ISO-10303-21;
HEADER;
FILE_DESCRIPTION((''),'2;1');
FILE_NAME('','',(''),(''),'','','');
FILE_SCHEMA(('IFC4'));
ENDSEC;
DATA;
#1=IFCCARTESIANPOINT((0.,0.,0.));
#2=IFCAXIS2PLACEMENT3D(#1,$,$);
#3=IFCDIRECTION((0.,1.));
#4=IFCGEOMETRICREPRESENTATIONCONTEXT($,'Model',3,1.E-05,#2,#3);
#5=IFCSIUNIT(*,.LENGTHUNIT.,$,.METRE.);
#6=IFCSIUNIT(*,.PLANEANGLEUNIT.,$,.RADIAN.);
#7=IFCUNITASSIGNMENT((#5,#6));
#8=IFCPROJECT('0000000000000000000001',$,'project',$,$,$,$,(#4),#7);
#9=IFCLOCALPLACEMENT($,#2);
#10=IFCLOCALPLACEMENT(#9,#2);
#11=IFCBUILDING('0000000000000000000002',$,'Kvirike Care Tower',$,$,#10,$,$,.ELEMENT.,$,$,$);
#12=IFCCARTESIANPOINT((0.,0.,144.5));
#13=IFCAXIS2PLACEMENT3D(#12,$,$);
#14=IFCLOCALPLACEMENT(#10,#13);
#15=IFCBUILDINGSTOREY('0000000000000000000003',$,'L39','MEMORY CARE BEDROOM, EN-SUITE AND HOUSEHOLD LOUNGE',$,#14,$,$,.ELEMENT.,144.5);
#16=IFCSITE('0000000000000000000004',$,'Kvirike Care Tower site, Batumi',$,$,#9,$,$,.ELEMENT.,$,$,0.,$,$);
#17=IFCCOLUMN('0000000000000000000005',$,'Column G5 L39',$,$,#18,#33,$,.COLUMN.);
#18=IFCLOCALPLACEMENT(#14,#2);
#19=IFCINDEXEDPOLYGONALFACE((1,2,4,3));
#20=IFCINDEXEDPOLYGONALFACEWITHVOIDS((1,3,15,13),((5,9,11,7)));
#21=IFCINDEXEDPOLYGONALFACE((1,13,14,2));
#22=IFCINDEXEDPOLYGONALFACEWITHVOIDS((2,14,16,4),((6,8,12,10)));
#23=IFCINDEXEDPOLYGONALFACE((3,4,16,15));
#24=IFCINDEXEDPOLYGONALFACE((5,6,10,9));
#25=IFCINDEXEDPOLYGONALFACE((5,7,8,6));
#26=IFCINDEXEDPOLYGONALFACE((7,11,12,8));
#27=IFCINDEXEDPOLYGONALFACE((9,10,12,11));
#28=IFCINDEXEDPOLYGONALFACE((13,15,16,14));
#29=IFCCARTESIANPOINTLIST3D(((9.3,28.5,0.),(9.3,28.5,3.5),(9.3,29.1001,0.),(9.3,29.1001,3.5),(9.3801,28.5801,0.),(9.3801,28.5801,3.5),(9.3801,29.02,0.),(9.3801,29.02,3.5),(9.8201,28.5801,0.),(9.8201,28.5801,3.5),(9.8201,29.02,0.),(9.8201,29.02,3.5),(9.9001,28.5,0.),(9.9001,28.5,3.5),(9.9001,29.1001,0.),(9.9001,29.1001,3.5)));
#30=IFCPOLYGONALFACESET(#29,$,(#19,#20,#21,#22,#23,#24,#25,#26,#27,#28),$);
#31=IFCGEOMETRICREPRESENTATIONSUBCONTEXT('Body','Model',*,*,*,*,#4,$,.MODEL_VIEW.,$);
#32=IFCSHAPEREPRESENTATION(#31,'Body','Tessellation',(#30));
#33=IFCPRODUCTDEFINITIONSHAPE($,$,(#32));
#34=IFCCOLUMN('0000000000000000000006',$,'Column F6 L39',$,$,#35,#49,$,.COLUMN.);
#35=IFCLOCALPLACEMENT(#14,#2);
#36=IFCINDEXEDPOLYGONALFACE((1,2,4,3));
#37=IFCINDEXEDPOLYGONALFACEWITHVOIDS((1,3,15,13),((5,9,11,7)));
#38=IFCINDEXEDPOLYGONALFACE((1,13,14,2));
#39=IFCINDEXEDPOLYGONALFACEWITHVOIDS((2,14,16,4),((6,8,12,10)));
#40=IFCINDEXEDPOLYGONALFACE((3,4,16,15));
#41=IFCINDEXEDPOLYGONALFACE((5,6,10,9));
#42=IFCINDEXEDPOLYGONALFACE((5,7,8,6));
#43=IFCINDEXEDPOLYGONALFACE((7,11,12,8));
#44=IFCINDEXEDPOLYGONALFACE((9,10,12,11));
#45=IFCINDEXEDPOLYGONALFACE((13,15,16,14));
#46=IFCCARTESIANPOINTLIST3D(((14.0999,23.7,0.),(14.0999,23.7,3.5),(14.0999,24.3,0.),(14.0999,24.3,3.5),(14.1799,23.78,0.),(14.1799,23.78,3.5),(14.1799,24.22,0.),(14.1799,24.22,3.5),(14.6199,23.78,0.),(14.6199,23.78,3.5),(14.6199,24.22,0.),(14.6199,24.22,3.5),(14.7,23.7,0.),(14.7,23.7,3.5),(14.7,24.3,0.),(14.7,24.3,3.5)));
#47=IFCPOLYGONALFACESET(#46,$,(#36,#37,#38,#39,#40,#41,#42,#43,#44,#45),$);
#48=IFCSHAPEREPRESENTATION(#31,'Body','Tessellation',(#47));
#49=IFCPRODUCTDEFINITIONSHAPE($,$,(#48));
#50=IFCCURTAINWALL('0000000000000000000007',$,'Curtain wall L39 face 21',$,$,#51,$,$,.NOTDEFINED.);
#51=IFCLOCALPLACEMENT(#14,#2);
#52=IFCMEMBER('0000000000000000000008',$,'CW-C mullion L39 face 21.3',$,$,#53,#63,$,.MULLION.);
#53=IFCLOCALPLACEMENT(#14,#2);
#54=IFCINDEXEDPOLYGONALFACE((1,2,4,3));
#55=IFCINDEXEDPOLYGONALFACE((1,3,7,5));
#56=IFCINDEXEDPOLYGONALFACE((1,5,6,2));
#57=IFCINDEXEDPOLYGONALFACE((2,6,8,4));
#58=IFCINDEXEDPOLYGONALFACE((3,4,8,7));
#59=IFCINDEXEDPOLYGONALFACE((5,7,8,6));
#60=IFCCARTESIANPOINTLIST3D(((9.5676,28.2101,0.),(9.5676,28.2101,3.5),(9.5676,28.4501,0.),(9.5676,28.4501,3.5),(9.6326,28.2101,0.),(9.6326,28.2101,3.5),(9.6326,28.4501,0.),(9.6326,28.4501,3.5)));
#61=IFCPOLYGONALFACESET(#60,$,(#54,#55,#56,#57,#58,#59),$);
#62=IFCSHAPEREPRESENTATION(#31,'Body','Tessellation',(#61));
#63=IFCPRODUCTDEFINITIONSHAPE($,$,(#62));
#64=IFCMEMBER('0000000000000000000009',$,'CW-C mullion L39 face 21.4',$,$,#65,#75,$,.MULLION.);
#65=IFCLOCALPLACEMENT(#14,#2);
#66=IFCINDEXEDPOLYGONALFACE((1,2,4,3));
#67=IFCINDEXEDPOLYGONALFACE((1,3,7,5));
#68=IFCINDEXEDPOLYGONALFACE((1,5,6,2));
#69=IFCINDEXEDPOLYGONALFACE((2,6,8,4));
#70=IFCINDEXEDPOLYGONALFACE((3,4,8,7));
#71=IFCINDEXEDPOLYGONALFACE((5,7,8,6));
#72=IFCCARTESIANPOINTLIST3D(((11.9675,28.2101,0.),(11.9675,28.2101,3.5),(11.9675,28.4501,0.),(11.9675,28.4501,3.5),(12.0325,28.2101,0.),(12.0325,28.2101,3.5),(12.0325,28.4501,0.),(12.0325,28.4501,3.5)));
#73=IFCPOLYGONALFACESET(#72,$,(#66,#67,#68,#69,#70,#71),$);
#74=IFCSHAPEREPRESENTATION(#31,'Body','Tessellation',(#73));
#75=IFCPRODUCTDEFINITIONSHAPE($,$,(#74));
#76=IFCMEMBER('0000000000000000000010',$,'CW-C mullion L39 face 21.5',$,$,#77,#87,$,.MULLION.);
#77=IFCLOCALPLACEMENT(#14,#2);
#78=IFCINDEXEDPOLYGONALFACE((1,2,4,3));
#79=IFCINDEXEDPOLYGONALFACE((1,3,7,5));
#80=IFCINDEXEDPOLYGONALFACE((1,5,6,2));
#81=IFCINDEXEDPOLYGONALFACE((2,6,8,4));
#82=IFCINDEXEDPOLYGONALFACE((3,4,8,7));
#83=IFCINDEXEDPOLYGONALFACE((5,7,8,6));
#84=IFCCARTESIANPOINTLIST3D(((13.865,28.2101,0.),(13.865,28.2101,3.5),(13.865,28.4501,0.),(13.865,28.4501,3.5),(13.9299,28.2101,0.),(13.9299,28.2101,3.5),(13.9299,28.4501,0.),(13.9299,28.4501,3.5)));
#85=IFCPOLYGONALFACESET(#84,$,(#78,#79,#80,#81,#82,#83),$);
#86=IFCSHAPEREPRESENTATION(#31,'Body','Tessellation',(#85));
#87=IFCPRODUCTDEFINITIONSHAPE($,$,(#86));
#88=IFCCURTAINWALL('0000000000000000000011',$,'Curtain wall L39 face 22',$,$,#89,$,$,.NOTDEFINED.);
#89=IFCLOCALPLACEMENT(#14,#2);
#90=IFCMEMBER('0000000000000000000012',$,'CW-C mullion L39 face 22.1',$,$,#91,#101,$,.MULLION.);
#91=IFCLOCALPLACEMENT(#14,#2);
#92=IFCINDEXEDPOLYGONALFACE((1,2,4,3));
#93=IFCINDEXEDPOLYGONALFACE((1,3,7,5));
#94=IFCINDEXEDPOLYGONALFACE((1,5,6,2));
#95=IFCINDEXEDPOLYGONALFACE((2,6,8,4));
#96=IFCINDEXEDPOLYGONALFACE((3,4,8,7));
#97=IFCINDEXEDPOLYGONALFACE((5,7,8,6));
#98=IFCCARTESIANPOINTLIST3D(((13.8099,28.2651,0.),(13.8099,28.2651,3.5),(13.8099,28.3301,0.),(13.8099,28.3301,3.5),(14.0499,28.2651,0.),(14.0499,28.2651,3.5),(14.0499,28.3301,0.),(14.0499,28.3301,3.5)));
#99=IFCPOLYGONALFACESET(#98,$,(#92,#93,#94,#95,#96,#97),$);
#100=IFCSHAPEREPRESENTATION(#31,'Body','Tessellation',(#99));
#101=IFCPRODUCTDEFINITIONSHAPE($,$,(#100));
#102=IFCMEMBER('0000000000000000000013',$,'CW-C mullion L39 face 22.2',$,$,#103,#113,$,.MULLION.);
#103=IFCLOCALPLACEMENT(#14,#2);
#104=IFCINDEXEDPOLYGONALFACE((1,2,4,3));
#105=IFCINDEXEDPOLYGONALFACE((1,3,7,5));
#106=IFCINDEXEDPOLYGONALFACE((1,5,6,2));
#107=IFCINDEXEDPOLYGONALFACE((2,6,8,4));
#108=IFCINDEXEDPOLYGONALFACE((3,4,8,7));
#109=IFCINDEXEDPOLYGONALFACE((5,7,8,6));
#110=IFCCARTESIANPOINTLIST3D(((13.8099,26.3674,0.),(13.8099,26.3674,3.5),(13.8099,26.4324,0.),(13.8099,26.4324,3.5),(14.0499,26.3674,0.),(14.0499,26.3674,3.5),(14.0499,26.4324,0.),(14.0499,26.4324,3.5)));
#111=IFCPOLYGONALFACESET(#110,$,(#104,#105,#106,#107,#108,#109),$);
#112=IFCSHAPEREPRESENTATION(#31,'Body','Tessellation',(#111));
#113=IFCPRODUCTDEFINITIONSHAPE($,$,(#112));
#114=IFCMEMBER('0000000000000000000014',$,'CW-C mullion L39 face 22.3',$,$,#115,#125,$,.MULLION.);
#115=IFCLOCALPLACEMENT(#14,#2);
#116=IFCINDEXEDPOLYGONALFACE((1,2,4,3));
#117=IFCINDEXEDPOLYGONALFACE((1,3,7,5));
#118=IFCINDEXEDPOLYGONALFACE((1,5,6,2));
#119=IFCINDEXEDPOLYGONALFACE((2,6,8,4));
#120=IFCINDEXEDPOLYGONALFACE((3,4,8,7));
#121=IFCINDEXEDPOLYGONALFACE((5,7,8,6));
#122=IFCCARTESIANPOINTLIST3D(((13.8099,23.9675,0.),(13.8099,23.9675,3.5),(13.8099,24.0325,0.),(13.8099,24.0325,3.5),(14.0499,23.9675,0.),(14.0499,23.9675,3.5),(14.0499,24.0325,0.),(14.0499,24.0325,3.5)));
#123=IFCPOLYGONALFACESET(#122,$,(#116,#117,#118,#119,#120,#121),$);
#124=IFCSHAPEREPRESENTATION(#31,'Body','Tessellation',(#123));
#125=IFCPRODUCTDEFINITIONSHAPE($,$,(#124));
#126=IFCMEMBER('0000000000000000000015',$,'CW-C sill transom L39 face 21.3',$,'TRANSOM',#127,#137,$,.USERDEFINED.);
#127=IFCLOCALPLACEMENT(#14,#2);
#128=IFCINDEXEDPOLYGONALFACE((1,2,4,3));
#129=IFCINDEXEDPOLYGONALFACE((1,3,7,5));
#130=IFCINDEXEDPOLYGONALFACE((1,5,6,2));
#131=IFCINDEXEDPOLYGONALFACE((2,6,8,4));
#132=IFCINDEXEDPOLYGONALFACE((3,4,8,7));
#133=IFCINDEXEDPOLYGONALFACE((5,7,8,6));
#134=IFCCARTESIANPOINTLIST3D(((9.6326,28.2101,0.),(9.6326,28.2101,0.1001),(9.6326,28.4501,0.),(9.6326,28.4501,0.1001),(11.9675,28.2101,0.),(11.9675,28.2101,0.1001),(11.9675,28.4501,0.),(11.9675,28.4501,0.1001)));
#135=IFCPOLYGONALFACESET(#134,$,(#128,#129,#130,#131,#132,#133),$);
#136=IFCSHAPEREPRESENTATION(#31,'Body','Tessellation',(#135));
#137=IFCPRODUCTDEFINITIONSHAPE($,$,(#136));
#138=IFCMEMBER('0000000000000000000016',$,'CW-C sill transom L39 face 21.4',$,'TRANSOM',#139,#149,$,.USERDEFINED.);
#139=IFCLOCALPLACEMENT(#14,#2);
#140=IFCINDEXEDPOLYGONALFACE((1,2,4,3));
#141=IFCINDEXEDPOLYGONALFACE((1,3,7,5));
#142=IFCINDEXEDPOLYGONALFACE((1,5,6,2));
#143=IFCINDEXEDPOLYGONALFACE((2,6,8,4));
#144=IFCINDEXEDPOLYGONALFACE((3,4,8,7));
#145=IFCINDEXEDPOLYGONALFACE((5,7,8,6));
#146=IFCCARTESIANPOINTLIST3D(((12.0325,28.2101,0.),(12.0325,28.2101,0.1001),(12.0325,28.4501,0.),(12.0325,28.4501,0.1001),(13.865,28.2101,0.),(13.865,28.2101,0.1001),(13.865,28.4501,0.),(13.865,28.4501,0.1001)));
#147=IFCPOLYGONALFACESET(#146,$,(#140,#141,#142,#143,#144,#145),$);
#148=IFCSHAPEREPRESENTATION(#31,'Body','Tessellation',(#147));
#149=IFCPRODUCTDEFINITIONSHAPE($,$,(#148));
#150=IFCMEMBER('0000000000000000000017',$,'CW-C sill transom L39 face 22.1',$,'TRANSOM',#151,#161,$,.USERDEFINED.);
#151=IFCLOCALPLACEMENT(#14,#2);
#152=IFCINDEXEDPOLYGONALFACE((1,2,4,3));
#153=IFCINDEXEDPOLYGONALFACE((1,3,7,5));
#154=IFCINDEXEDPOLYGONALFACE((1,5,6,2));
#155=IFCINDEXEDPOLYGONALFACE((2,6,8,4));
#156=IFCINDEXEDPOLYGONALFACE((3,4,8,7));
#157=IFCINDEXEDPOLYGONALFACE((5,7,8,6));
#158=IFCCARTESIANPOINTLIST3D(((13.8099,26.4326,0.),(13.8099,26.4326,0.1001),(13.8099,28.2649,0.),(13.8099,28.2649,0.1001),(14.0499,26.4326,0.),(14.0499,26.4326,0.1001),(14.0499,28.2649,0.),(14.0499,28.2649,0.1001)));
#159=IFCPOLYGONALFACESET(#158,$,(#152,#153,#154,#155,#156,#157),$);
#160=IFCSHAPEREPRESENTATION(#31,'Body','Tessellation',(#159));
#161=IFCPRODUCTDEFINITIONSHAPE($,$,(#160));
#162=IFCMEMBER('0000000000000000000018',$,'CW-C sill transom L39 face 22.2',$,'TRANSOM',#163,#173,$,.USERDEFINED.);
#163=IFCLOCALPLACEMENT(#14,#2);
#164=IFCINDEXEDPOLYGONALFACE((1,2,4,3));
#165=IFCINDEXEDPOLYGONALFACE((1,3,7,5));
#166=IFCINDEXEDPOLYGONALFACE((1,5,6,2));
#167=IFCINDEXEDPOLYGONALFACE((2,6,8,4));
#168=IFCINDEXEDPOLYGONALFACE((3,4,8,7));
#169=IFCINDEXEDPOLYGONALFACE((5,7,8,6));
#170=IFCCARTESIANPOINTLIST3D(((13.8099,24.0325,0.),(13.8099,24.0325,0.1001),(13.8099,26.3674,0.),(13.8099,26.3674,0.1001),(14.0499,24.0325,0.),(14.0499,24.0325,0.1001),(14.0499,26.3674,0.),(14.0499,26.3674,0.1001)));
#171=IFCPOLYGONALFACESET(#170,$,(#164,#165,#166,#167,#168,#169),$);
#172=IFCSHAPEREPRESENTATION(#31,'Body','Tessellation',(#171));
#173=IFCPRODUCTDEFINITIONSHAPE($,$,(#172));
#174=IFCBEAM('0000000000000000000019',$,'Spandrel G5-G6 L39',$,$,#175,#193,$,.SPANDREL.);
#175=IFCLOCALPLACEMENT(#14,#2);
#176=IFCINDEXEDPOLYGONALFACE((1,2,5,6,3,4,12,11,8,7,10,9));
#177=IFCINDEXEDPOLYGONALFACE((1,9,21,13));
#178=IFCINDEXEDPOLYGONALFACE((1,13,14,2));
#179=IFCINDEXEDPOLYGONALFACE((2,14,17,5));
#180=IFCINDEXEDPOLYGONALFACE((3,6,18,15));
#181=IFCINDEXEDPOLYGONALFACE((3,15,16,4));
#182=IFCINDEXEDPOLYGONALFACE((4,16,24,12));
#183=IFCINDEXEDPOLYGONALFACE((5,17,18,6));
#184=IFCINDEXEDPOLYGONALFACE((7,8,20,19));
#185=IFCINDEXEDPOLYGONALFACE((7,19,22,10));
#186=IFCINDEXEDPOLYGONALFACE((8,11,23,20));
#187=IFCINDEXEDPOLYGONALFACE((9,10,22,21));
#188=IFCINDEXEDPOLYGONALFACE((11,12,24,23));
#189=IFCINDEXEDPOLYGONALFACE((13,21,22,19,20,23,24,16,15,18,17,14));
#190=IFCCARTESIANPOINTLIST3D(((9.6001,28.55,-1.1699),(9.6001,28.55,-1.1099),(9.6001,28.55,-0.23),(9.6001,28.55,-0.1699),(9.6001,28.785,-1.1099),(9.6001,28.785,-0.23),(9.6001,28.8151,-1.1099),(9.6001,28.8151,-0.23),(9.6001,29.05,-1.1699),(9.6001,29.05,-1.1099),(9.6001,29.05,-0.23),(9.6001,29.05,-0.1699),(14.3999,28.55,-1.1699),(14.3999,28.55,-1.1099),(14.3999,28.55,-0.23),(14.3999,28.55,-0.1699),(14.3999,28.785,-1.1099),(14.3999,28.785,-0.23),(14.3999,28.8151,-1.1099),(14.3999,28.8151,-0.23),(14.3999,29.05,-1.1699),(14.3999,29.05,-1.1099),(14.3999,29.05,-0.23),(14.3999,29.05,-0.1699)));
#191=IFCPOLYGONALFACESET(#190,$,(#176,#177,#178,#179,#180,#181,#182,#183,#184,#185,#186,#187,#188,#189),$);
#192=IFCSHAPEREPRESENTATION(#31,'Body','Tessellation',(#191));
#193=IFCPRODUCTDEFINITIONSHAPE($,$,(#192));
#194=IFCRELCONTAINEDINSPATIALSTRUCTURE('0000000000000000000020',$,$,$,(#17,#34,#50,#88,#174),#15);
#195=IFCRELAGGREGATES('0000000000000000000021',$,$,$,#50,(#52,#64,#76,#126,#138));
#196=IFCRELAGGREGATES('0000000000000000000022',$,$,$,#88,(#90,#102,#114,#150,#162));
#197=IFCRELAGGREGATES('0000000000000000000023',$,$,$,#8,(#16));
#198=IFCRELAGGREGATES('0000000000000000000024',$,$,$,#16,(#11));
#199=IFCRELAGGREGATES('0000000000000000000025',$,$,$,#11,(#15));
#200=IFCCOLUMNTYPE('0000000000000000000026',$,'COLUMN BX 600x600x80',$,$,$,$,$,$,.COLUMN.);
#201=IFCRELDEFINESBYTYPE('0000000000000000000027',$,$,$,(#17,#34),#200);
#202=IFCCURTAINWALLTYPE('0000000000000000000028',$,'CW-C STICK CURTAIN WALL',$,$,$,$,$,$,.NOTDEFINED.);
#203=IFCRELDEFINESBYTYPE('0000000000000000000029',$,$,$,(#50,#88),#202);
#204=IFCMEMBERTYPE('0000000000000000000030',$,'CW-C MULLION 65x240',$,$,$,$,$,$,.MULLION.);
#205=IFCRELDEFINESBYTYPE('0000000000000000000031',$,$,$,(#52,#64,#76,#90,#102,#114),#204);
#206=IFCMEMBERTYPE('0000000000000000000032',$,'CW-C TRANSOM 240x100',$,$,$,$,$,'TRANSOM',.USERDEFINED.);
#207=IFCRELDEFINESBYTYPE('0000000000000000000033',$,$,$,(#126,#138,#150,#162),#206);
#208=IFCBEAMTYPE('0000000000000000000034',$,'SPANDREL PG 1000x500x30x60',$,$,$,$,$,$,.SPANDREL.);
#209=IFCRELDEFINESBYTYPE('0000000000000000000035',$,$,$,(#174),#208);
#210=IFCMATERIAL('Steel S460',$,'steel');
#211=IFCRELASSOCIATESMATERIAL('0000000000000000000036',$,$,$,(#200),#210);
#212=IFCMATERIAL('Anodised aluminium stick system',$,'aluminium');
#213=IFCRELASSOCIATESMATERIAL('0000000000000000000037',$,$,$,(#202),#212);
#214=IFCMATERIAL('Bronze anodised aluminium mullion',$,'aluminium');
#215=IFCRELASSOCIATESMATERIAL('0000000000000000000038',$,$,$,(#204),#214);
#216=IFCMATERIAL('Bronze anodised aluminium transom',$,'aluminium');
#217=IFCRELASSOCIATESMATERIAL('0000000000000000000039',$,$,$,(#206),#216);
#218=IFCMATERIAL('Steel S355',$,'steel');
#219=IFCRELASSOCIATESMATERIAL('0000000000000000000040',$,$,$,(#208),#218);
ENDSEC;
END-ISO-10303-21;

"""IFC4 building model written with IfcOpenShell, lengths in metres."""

from ifc_helpers import new_model, si_unit, direction, frame, origin, origin_2d, place, context, subcontext, project, spatial, rectangle, hollow_rectangle, i_section, extrude, material, material_profile, profile_set, type_object, element, aggregate, save


model = new_model("IFC4")

# Units and contexts
model_context = context("Model", 3, precision=1e-05, world=origin(), true_north=direction((0.0, 1.0)))
body_context = subcontext(model_context, "Body", "Model", "MODEL_VIEW")
ifc_project = project(units=[si_unit("LENGTHUNIT", "METRE"), si_unit("PLANEANGLEUNIT", "RADIAN")], contexts=[model_context])

# Site, building, storey
site_placement = place(None, origin())
site = spatial("IfcSite", under=ifc_project, at=site_placement, Name="Kvirike Care Tower site, Batumi", CompositionType="ELEMENT", RefElevation=0.0)
building_placement = place(site_placement, origin())
building = spatial("IfcBuilding", under=site, at=building_placement, Name="Kvirike Care Tower", CompositionType="ELEMENT")
storey_placement = place(building_placement, frame((0.0, 0.0, 144.5)))
storey = spatial("IfcBuildingStorey", under=building, at=storey_placement, Name="L39", Description="MEMORY CARE BEDROOM, EN-SUITE AND HOUSEHOLD LOUNGE", CompositionType="ELEMENT", Elevation=144.5)

# Columns
ifc_material_1 = material(Name="Steel S460", Category="steel")
ifc_material_profile_1 = material_profile(ifc_material_1, hollow_rectangle(XDim=0.6001, YDim=0.6001, WallThickness=0.0801, at=origin_2d()), Name="BX 600x600x80")
ifc_profile_set_1 = profile_set([ifc_material_profile_1], Name="Steel S460")
column_type = type_object("IfcColumnType", Name="COLUMN BX 600x600x80", PredefinedType="COLUMN", material=ifc_profile_set_1)
for number, where, z_axis, x_axis, name in (
    (1, (9.6001, 28.8, 0.0), (0.0, 0.0, 1.0), (0.0, 1.0, 0.0), "Column G5 L39"),
    (2, (14.3999, 24.0, 0.0), (0.0, 0.0, 1.0), (1.0, 0.0, 0.0), "Column F6 L39"),
):
    element("IfcColumn", number, at=place(storey_placement, frame(where, z_axis=z_axis, x_axis=x_axis)), inside=storey, type_object=column_type, Name=name, PredefinedType="COLUMN", context=body_context, shape_type="SweptSolid", body=[
        extrude(hollow_rectangle(XDim=0.6001, YDim=0.6001, WallThickness=0.0801, at=origin_2d()), origin(), (0.0, 0.0, 1.0), 3.5),
    ])

# Curtain walls, members
ifc_material_2 = material(Name="Anodised aluminium stick system", Category="aluminium")
curtain_wall_type = type_object("IfcCurtainWallType", Name="CW-C STICK CURTAIN WALL", PredefinedType="NOTDEFINED", material=ifc_material_2)
curtain_wall_1_placement = place(storey_placement, origin())
curtain_wall_1 = element("IfcCurtainWall", 3, at=curtain_wall_1_placement, inside=storey, type_object=curtain_wall_type, Name="Curtain wall L39 face 21", PredefinedType="NOTDEFINED")
ifc_material_3 = material(Name="Bronze anodised aluminium mullion", Category="aluminium")
ifc_material_profile_2 = material_profile(ifc_material_3, rectangle(XDim=0.0649, YDim=0.24, at=origin_2d()), Name="CW-C MULLION 65x240")
ifc_profile_set_2 = profile_set([ifc_material_profile_2], Name="Bronze anodised aluminium mullion")
member_type_1 = type_object("IfcMemberType", Name="CW-C MULLION 65x240", PredefinedType="MULLION", material=ifc_profile_set_2)
member_1_placement = place(storey_placement, frame((9.6001, 28.3301, 0.0), z_axis=(0.0, 0.0, 1.0), x_axis=(1.0, 0.0, 0.0)))
member_1 = element("IfcMember", 4, at=member_1_placement, type_object=member_type_1, Name="CW-C mullion L39 face 21.3", PredefinedType="MULLION", context=body_context, shape_type="SweptSolid", body=[
    extrude(rectangle(XDim=0.0649, YDim=0.24, at=origin_2d()), origin(), (0.0, 0.0, 1.0), 3.5),
])
member_2_placement = place(storey_placement, frame((12.0, 28.3301, 0.0), z_axis=(0.0, 0.0, 1.0), x_axis=(1.0, 0.0, 0.0)))
member_2 = element("IfcMember", 5, at=member_2_placement, type_object=member_type_1, Name="CW-C mullion L39 face 21.4", PredefinedType="MULLION", context=body_context, shape_type="SweptSolid", body=[
    extrude(rectangle(XDim=0.0649, YDim=0.24, at=origin_2d()), origin(), (0.0, 0.0, 1.0), 3.5),
])
member_3_placement = place(storey_placement, frame((13.8975, 28.3301, 0.0), z_axis=(0.0, 0.0, 1.0), x_axis=(1.0, 0.0, 0.0)))
member_3 = element("IfcMember", 6, at=member_3_placement, type_object=member_type_1, Name="CW-C mullion L39 face 21.5", PredefinedType="MULLION", context=body_context, shape_type="SweptSolid", body=[
    extrude(rectangle(XDim=0.0649, YDim=0.24, at=origin_2d()), origin(), (0.0, 0.0, 1.0), 3.5),
])
curtain_wall_2_placement = place(storey_placement, origin())
curtain_wall_2 = element("IfcCurtainWall", 7, at=curtain_wall_2_placement, inside=storey, type_object=curtain_wall_type, Name="Curtain wall L39 face 22", PredefinedType="NOTDEFINED")
member_4_placement = place(storey_placement, frame((13.9299, 28.2976, 0.0), z_axis=(0.0, 0.0, 1.0), x_axis=(0.0, -1.0, 0.0)))
member_4 = element("IfcMember", 8, at=member_4_placement, type_object=member_type_1, Name="CW-C mullion L39 face 22.1", PredefinedType="MULLION", context=body_context, shape_type="SweptSolid", body=[
    extrude(rectangle(XDim=0.0649, YDim=0.24, at=origin_2d()), origin(), (0.0, 0.0, 1.0), 3.5),
])
member_5_placement = place(storey_placement, frame((13.9299, 26.3999, 0.0), z_axis=(0.0, 0.0, 1.0), x_axis=(0.0, -1.0, 0.0)))
member_5 = element("IfcMember", 9, at=member_5_placement, type_object=member_type_1, Name="CW-C mullion L39 face 22.2", PredefinedType="MULLION", context=body_context, shape_type="SweptSolid", body=[
    extrude(rectangle(XDim=0.0649, YDim=0.24, at=origin_2d()), origin(), (0.0, 0.0, 1.0), 3.5),
])
member_6_placement = place(storey_placement, frame((13.9299, 24.0, 0.0), z_axis=(0.0, 0.0, 1.0), x_axis=(0.0, -1.0, 0.0)))
member_6 = element("IfcMember", 10, at=member_6_placement, type_object=member_type_1, Name="CW-C mullion L39 face 22.3", PredefinedType="MULLION", context=body_context, shape_type="SweptSolid", body=[
    extrude(rectangle(XDim=0.0649, YDim=0.24, at=origin_2d()), origin(), (0.0, 0.0, 1.0), 3.5),
])

# Members
ifc_material_4 = material(Name="Bronze anodised aluminium transom", Category="aluminium")
ifc_material_profile_3 = material_profile(ifc_material_4, rectangle(XDim=0.24, YDim=0.1001, at=origin_2d()), Name="CW-C TRANSOM 240x100")
ifc_profile_set_3 = profile_set([ifc_material_profile_3], Name="Bronze anodised aluminium transom")
member_type_2 = type_object("IfcMemberType", Name="CW-C TRANSOM 240x100", ElementType="TRANSOM", PredefinedType="USERDEFINED", material=ifc_profile_set_3)
member_7_placement = place(storey_placement, frame((9.6326, 28.3301, 0.05), z_axis=(1.0, 0.0, 0.0), x_axis=(0.0, 1.0, 0.0)))
member_7 = element("IfcMember", 11, at=member_7_placement, type_object=member_type_2, Name="CW-C sill transom L39 face 21.3", ObjectType="TRANSOM", PredefinedType="USERDEFINED", context=body_context, shape_type="SweptSolid", body=[
    extrude(rectangle(XDim=0.24, YDim=0.1001, at=origin_2d()), origin(), (0.0, 0.0, 1.0), 2.335),
])
member_8_placement = place(storey_placement, frame((12.0325, 28.3301, 0.05), z_axis=(1.0, 0.0, 0.0), x_axis=(0.0, 1.0, 0.0)))
member_8 = element("IfcMember", 12, at=member_8_placement, type_object=member_type_2, Name="CW-C sill transom L39 face 21.4", ObjectType="TRANSOM", PredefinedType="USERDEFINED", context=body_context, shape_type="SweptSolid", body=[
    extrude(rectangle(XDim=0.24, YDim=0.1001, at=origin_2d()), origin(), (0.0, 0.0, 1.0), 1.8325),
])
member_9_placement = place(storey_placement, frame((13.9299, 28.2649, 0.05), z_axis=(0.0, -1.0, 0.0), x_axis=(1.0, 0.0, 0.0)))
member_9 = element("IfcMember", 13, at=member_9_placement, type_object=member_type_2, Name="CW-C sill transom L39 face 22.1", ObjectType="TRANSOM", PredefinedType="USERDEFINED", context=body_context, shape_type="SweptSolid", body=[
    extrude(rectangle(XDim=0.24, YDim=0.1001, at=origin_2d()), origin(), (0.0, 0.0, 1.0), 1.8323),
])
member_10_placement = place(storey_placement, frame((13.9299, 26.3674, 0.05), z_axis=(0.0, -1.0, 0.0), x_axis=(1.0, 0.0, 0.0)))
member_10 = element("IfcMember", 14, at=member_10_placement, type_object=member_type_2, Name="CW-C sill transom L39 face 22.2", ObjectType="TRANSOM", PredefinedType="USERDEFINED", context=body_context, shape_type="SweptSolid", body=[
    extrude(rectangle(XDim=0.24, YDim=0.1001, at=origin_2d()), origin(), (0.0, 0.0, 1.0), 2.335),
])

# Beam
ifc_material_5 = material(Name="Steel S355", Category="steel")
ifc_material_profile_4 = material_profile(ifc_material_5, i_section(OverallWidth=0.5, OverallDepth=1.0, WebThickness=0.03, FlangeThickness=0.0601, at=origin_2d()), Name="PG 1000x500x30x60")
ifc_profile_set_4 = profile_set([ifc_material_profile_4], Name="Steel S355")
beam_type_1 = type_object("IfcBeamType", Name="SPANDREL PG 1000x500x30x60", PredefinedType="SPANDREL", material=ifc_profile_set_4)
beam_1_placement = place(storey_placement, frame((9.6001, 28.8, -0.6699), z_axis=(1.0, 0.0, 0.0), x_axis=(0.0, 1.0, 0.0)))
element("IfcBeam", 15, at=beam_1_placement, inside=storey, type_object=beam_type_1, Name="Spandrel G5-G6 L39", PredefinedType="SPANDREL", context=body_context, shape_type="SweptSolid", body=[
    extrude(i_section(OverallWidth=0.5, OverallDepth=1.0, WebThickness=0.03, FlangeThickness=0.0601, at=origin_2d()), origin(), (0.0, 0.0, 1.0), 4.7998),
])

aggregate(curtain_wall_1, [member_1, member_2, member_3, member_7, member_8])
aggregate(curtain_wall_2, [member_4, member_5, member_6, member_9, member_10])

save(model, "model.ifc")
